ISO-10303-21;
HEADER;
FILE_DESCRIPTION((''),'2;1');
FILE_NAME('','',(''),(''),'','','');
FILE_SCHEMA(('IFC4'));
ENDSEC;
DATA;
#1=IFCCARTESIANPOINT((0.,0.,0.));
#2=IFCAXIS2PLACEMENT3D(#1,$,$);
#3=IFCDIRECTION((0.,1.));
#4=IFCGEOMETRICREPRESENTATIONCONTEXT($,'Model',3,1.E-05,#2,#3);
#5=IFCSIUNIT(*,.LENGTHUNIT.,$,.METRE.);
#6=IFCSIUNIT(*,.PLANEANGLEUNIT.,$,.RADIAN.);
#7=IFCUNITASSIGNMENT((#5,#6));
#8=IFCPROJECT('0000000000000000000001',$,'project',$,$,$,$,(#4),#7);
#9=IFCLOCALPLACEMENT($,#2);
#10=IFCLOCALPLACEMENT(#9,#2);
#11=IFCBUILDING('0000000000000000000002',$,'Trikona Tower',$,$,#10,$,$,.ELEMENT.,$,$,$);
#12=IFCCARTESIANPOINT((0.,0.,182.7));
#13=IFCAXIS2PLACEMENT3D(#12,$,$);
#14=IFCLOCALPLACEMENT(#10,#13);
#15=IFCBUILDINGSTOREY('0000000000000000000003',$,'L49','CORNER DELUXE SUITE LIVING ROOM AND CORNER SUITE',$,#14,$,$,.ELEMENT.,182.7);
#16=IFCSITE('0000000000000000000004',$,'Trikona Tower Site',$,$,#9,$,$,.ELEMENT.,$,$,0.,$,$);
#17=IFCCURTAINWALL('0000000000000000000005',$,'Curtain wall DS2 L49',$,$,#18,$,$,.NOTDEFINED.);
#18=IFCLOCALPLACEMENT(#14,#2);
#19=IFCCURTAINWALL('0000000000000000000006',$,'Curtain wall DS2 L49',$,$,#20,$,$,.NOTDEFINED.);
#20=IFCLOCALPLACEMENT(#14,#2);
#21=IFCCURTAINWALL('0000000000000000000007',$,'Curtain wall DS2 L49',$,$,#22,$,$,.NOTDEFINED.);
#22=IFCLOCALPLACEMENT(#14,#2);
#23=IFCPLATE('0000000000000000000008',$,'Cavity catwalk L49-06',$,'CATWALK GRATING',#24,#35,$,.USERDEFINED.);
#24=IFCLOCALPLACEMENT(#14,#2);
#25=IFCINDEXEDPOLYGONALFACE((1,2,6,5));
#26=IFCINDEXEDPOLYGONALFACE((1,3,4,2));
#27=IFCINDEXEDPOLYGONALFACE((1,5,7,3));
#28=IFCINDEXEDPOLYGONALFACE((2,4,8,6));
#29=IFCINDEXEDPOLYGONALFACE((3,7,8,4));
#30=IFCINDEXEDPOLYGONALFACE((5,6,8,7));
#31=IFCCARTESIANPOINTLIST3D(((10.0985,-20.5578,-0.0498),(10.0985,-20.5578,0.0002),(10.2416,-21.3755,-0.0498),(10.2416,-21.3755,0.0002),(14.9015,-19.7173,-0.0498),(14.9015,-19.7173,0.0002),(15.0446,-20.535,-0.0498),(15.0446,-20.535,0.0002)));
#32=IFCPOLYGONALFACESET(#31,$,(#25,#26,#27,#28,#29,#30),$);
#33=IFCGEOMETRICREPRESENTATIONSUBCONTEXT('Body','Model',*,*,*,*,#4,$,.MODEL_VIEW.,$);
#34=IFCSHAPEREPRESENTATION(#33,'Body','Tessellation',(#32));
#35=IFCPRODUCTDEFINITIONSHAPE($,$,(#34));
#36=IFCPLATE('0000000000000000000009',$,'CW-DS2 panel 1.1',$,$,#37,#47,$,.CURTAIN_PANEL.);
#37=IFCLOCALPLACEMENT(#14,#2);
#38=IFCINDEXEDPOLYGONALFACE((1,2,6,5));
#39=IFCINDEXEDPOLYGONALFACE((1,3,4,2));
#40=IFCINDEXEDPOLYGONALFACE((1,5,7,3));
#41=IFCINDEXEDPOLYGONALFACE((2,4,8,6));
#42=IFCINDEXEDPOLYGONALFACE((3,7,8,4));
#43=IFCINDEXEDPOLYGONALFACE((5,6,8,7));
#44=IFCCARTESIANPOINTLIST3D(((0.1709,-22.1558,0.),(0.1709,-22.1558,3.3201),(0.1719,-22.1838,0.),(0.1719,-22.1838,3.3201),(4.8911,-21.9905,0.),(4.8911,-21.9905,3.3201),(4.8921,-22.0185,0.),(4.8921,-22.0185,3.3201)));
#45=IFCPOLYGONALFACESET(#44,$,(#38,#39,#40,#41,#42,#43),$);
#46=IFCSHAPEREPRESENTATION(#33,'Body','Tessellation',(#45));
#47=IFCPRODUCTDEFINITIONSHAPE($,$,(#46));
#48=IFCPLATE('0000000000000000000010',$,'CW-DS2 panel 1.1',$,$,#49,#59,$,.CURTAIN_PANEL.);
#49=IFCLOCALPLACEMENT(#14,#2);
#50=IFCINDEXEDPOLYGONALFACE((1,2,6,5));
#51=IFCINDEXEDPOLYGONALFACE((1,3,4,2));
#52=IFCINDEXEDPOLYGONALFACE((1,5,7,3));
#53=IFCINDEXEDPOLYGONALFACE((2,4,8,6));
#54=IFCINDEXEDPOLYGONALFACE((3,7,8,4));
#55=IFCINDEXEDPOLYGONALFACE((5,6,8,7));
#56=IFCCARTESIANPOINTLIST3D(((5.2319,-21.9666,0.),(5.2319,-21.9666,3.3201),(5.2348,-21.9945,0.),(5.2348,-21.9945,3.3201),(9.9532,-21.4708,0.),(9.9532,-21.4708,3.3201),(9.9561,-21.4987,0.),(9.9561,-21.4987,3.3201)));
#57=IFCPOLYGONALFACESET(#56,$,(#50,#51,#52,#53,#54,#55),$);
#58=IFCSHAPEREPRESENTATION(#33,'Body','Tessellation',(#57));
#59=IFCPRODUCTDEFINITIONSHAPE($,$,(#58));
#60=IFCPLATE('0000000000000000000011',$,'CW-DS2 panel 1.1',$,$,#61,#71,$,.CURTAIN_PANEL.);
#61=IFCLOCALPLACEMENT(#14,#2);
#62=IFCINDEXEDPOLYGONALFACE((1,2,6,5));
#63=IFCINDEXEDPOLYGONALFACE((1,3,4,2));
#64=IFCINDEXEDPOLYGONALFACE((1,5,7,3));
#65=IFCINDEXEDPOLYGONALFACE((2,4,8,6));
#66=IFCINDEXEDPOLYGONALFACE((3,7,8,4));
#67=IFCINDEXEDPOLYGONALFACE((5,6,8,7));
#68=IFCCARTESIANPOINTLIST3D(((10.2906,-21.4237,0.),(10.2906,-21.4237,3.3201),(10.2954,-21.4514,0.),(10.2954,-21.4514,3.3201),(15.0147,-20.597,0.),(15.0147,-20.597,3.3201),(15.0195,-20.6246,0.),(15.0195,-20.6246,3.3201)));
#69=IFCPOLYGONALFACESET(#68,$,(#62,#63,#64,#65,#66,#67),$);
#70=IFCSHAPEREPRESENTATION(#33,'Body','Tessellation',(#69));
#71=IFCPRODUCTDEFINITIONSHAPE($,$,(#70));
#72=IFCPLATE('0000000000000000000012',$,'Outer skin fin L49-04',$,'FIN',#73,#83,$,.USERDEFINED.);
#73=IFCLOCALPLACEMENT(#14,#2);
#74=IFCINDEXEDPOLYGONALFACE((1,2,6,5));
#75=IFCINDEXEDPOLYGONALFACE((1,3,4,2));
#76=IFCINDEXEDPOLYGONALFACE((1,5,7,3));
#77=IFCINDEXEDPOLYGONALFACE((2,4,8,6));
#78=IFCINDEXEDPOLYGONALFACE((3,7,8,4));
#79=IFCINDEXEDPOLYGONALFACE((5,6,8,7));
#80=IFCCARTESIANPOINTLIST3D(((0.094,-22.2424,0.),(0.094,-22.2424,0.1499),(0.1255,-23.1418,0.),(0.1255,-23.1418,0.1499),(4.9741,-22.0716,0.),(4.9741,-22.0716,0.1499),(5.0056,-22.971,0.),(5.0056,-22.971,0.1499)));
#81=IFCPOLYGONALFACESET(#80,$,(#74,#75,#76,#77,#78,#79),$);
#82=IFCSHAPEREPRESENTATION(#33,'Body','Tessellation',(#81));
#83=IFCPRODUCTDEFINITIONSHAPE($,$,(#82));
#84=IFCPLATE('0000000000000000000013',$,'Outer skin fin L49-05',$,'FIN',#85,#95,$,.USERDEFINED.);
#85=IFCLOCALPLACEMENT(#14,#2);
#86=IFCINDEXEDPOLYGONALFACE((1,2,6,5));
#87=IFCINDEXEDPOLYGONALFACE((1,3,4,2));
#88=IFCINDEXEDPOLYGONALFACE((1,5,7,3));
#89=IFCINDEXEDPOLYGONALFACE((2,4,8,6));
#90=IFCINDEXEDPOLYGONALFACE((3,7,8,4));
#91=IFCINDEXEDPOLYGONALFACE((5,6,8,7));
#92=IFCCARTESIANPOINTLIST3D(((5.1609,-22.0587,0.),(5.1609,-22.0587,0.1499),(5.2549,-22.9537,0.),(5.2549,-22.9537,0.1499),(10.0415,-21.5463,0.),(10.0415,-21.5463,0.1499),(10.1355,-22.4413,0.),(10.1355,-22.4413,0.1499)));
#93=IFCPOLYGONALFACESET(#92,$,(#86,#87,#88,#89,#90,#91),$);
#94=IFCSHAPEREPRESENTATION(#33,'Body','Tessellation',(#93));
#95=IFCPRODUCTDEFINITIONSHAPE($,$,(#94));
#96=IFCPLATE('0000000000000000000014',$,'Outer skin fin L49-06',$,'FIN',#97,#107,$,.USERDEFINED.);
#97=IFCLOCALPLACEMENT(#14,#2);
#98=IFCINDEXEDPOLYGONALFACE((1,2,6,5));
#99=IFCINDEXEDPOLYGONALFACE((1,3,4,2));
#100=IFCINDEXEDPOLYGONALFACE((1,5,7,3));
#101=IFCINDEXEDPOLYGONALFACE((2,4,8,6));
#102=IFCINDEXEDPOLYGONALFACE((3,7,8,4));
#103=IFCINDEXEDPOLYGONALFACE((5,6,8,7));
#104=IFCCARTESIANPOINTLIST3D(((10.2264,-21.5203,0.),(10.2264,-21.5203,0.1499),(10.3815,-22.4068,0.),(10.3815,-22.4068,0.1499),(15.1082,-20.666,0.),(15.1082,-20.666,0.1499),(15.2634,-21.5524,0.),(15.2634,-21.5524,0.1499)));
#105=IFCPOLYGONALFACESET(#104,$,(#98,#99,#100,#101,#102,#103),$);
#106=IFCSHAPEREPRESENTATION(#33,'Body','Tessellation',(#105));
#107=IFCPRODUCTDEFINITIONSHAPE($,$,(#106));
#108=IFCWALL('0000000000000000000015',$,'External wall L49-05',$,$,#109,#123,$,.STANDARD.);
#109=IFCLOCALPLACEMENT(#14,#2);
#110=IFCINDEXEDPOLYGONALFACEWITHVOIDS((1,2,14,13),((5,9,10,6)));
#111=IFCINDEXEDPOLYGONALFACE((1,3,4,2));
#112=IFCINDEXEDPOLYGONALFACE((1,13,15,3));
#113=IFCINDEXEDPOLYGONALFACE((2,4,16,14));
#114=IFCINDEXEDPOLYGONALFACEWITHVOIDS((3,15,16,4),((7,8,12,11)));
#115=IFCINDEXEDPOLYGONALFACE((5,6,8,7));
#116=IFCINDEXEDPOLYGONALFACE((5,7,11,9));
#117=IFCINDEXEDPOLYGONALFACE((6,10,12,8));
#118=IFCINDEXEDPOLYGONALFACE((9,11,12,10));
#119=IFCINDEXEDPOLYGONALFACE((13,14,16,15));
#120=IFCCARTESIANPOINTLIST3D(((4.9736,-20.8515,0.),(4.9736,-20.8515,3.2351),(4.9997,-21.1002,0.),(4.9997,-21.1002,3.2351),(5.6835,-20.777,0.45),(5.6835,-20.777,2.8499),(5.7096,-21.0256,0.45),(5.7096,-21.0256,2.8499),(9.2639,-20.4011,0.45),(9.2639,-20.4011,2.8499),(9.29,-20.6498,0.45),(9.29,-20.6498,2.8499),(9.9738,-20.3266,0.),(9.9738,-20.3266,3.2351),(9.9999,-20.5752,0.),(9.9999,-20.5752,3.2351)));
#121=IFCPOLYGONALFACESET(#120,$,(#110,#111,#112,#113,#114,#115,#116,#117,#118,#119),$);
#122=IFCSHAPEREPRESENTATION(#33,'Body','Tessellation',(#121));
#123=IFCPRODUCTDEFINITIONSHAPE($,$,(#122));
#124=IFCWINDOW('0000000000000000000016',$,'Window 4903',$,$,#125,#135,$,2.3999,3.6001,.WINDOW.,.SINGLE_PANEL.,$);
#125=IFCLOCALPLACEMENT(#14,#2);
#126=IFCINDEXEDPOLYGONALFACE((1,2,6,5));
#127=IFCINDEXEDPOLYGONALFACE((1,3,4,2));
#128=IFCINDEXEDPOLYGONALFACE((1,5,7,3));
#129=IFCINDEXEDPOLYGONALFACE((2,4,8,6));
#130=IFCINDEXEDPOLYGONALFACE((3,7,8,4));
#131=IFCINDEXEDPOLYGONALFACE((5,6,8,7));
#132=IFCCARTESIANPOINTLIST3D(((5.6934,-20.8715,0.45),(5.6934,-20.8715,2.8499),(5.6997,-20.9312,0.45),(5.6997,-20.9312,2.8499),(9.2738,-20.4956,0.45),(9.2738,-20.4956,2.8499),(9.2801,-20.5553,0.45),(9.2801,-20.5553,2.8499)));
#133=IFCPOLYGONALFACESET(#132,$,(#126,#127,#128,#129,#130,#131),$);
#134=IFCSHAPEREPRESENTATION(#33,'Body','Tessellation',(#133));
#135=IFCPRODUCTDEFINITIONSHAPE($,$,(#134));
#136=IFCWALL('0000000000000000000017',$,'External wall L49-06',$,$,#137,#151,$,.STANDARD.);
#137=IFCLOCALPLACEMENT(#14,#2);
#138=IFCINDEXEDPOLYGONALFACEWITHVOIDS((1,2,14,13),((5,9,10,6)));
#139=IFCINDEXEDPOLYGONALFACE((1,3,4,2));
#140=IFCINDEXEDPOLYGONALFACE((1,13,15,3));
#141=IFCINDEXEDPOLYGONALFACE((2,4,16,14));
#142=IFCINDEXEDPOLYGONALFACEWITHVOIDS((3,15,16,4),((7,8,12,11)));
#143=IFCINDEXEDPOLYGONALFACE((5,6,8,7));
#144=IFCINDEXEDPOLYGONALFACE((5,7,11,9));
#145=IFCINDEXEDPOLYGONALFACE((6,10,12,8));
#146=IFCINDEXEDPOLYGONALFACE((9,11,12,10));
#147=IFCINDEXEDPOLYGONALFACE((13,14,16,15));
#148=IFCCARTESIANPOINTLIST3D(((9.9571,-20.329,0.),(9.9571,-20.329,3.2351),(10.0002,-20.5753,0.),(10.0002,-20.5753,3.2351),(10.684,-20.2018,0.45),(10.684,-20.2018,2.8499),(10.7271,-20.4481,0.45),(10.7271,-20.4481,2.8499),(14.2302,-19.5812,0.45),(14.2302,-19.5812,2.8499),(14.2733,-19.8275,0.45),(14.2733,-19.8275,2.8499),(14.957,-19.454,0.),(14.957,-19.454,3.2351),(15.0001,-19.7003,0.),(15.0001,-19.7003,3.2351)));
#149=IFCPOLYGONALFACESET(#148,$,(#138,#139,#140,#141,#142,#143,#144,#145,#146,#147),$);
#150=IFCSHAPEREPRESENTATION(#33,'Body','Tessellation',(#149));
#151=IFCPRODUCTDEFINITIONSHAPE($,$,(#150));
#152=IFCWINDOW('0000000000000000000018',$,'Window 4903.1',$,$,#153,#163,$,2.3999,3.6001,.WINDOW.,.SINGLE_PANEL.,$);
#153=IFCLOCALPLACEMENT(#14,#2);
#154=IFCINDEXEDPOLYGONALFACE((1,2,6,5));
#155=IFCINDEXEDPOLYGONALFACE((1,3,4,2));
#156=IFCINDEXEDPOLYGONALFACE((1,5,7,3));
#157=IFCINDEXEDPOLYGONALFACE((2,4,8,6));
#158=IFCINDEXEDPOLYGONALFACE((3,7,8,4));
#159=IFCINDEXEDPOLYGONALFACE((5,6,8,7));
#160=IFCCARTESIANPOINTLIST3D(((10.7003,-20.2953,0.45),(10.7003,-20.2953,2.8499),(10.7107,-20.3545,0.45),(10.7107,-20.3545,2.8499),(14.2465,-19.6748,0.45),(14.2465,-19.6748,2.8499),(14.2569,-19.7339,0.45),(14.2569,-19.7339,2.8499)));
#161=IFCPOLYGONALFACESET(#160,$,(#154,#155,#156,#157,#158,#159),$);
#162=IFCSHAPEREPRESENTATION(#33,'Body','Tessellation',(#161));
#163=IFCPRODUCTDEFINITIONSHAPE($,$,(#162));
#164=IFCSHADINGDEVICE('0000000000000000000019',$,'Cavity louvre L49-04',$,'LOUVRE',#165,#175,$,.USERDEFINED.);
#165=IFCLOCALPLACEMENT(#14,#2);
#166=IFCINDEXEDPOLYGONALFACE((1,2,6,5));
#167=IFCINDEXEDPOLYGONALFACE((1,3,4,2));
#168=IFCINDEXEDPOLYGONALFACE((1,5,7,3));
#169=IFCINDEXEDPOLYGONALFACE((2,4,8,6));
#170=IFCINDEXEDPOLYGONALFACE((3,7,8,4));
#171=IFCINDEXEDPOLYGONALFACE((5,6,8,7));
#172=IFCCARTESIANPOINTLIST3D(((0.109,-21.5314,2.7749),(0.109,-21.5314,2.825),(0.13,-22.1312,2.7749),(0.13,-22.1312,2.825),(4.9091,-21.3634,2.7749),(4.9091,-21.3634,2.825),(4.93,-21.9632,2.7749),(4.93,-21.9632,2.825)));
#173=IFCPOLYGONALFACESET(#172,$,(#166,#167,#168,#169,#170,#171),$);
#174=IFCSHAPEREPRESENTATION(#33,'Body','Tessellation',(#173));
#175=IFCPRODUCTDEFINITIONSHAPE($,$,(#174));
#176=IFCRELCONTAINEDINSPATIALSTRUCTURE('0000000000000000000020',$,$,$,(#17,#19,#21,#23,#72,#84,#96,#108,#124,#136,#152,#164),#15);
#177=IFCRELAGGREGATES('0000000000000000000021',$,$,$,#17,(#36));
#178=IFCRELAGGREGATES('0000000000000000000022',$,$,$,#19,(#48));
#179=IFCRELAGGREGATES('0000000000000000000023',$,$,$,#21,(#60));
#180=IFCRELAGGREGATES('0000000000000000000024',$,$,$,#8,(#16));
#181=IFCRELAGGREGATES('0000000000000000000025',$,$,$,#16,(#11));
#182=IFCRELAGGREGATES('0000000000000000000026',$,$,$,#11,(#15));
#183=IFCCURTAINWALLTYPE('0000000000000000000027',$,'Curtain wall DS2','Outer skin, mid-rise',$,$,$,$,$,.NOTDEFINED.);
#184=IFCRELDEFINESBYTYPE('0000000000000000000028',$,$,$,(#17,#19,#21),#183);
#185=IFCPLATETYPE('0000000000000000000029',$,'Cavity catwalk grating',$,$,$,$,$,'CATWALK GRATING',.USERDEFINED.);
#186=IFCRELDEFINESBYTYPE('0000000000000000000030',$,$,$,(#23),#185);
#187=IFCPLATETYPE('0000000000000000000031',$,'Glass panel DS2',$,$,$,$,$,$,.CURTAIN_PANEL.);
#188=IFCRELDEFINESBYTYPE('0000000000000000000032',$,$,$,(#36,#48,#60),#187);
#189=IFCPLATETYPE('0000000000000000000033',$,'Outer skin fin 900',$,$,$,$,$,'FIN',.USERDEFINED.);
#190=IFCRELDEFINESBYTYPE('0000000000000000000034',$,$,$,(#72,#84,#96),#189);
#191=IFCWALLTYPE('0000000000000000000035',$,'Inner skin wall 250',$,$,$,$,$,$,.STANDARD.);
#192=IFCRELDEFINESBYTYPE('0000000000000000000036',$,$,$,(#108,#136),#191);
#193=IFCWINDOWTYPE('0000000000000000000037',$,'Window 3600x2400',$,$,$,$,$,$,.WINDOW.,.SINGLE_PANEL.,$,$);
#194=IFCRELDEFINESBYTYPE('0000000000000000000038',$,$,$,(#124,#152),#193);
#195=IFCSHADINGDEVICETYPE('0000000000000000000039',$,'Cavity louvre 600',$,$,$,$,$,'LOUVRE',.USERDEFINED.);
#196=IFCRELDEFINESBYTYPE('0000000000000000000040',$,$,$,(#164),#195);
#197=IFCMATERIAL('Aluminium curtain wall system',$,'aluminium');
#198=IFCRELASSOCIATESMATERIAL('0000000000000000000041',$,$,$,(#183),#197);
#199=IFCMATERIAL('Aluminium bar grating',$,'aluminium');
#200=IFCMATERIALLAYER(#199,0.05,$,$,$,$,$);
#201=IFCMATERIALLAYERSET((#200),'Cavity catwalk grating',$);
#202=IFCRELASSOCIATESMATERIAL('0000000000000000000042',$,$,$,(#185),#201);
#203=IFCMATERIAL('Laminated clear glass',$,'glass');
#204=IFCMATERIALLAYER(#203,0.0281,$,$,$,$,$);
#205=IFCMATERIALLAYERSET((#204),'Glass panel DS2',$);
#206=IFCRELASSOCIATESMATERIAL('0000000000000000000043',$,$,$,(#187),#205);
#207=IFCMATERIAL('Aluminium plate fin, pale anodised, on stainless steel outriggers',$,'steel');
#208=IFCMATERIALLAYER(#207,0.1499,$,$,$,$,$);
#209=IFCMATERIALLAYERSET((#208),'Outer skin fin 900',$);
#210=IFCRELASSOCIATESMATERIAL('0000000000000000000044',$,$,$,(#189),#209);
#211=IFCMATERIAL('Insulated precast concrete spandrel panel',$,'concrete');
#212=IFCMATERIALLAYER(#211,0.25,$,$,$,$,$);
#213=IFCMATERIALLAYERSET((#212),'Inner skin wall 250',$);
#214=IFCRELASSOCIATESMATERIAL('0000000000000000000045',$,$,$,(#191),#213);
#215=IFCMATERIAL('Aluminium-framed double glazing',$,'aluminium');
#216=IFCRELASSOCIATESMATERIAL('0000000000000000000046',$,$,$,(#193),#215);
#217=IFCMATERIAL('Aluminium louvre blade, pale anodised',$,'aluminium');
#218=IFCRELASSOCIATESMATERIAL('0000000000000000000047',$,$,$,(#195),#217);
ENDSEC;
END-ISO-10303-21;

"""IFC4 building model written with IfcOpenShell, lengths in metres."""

from ifc_helpers import new_model, si_unit, direction, frame, frame_2d, origin, origin_2d, place, context, subcontext, project, spatial, rectangle, extrude, material, layer, layer_set, type_object, element, fill, aggregate, save


model = new_model("IFC4")

# Units and contexts
model_context = context("Model", 3, precision=1e-05, world=origin(), true_north=direction((0.0, 1.0)))
body_context = subcontext(model_context, "Body", "Model", "MODEL_VIEW")
ifc_project = project(units=[si_unit("LENGTHUNIT", "METRE"), si_unit("PLANEANGLEUNIT", "RADIAN")], contexts=[model_context])

# Site, building, storey
site_placement = place(None, origin())
site = spatial("IfcSite", under=ifc_project, at=site_placement, Name="Trikona Tower Site", CompositionType="ELEMENT", RefElevation=0.0)
building_placement = place(site_placement, origin())
building = spatial("IfcBuilding", under=site, at=building_placement, Name="Trikona Tower", CompositionType="ELEMENT")
storey_placement = place(building_placement, frame((0.0, 0.0, 182.7)))
storey = spatial("IfcBuildingStorey", under=building, at=storey_placement, Name="L49", Description="CORNER DELUXE SUITE LIVING ROOM AND CORNER SUITE", CompositionType="ELEMENT", Elevation=182.7)

# Curtain walls
ifc_material_1 = material(Name="Aluminium curtain wall system", Category="aluminium")
curtain_wall_type = type_object("IfcCurtainWallType", Name="Curtain wall DS2", Description="Outer skin, mid-rise", PredefinedType="NOTDEFINED", material=ifc_material_1)
curtain_wall_1_placement = place(storey_placement, origin())
curtain_wall_1 = element("IfcCurtainWall", 1, at=curtain_wall_1_placement, inside=storey, type_object=curtain_wall_type, Name="Curtain wall DS2 L49", PredefinedType="NOTDEFINED")
curtain_wall_2_placement = place(storey_placement, origin())
curtain_wall_2 = element("IfcCurtainWall", 2, at=curtain_wall_2_placement, inside=storey, type_object=curtain_wall_type, Name="Curtain wall DS2 L49", PredefinedType="NOTDEFINED")

# Curtain wall
curtain_wall_3_placement = place(storey_placement, origin())
curtain_wall_3 = element("IfcCurtainWall", 3, at=curtain_wall_3_placement, inside=storey, type_object=curtain_wall_type, Name="Curtain wall DS2 L49", PredefinedType="NOTDEFINED")

# Plate
ifc_material_2 = material(Name="Aluminium bar grating", Category="aluminium")
ifc_layer_1 = layer(ifc_material_2, 0.05)
ifc_layer_set_1 = layer_set([ifc_layer_1], Name="Cavity catwalk grating")
plate_type_1 = type_object("IfcPlateType", Name="Cavity catwalk grating", ElementType="CATWALK GRATING", PredefinedType="USERDEFINED", material=ifc_layer_set_1)
plate_1_placement = place(storey_placement, frame((12.5715, -20.5464, -0.0498), z_axis=(0.0, 0.0, 1.0), x_axis=(0.985031, 0.17238, 0.0)))
element("IfcPlate", 4, at=plate_1_placement, inside=storey, type_object=plate_type_1, Name="Cavity catwalk L49-06", ObjectType="CATWALK GRATING", PredefinedType="USERDEFINED", context=body_context, shape_type="SweptSolid", body=[
    extrude(rectangle(XDim=4.876, YDim=0.8301, at=origin_2d()), origin(), (0.0, 0.0, 1.0), 0.05),
])

# Plates
ifc_material_3 = material(Name="Laminated clear glass", Category="glass")
ifc_layer_2 = layer(ifc_material_3, 0.0281)
ifc_layer_set_2 = layer_set([ifc_layer_2], Name="Glass panel DS2")
plate_type_2 = type_object("IfcPlateType", Name="Glass panel DS2", PredefinedType="CURTAIN_PANEL", material=ifc_layer_set_2)
plate_2_placement = place(storey_placement, frame((2.5315, -22.0872, 0.0), z_axis=(0.0, 0.0, 1.0), x_axis=(0.999387, 0.034998, 0.0)))
plate_2 = element("IfcPlate", 5, at=plate_2_placement, type_object=plate_type_2, Name="CW-DS2 panel 1.1", PredefinedType="CURTAIN_PANEL", context=body_context, shape_type="SweptSolid", body=[
    extrude(rectangle(XDim=4.7231, YDim=0.0281, at=origin_2d()), origin(), (0.0, 0.0, 1.0), 3.3201),
])
aggregate(curtain_wall_1, [plate_2])
plate_3_placement = place(storey_placement, frame((7.594, -21.7327, 0.0), z_axis=(0.0, 0.0, 1.0), x_axis=(0.994532, 0.104433, 0.0)))
plate_3 = element("IfcPlate", 6, at=plate_3_placement, type_object=plate_type_2, Name="CW-DS2 panel 1.1", PredefinedType="CURTAIN_PANEL", context=body_context, shape_type="SweptSolid", body=[
    extrude(rectangle(XDim=4.7473, YDim=0.0281, at=origin_2d()), origin(), (0.0, 0.0, 1.0), 3.3201),
])
aggregate(curtain_wall_2, [plate_3])
plate_4_placement = place(storey_placement, frame((12.655, -21.0242, 0.0), z_axis=(0.0, 0.0, 1.0), x_axis=(0.985031, 0.172377, 0.0)))
plate_4 = element("IfcPlate", 7, at=plate_4_placement, type_object=plate_type_2, Name="CW-DS2 panel 1.1", PredefinedType="CURTAIN_PANEL", context=body_context, shape_type="SweptSolid", body=[
    extrude(rectangle(XDim=4.7959, YDim=0.0281, at=origin_2d()), origin(), (0.0, 0.0, 1.0), 3.3201),
])
aggregate(curtain_wall_3, [plate_4])

# Plates
ifc_material_4 = material(Name="Aluminium plate fin, pale anodised, on stainless steel outriggers", Category="steel")
ifc_layer_3 = layer(ifc_material_4, 0.1499)
ifc_layer_set_3 = layer_set([ifc_layer_3], Name="Outer skin fin 900")
plate_type_3 = type_object("IfcPlateType", Name="Outer skin fin 900", ElementType="FIN", PredefinedType="USERDEFINED", material=ifc_layer_set_3)
plate_5_placement = place(storey_placement, frame((2.5498, -22.6067, 0.0), z_axis=(0.0, 0.0, 1.0), x_axis=(0.999388, 0.034978, 0.0)))
element("IfcPlate", 8, at=plate_5_placement, inside=storey, type_object=plate_type_3, Name="Outer skin fin L49-04", ObjectType="FIN", PredefinedType="USERDEFINED", context=body_context, shape_type="SweptSolid", body=[
    extrude(rectangle(XDim=4.8831, YDim=0.8999, at=origin_2d()), origin(), (0.0, 0.0, 1.0), 0.1499),
])
plate_6_placement = place(storey_placement, frame((7.6482, -22.25, 0.0), z_axis=(0.0, 0.0, 1.0), x_axis=(0.994533, 0.104426, 0.0)))
element("IfcPlate", 9, at=plate_6_placement, inside=storey, type_object=plate_type_3, Name="Outer skin fin L49-05", ObjectType="FIN", PredefinedType="USERDEFINED", context=body_context, shape_type="SweptSolid", body=[
    extrude(rectangle(XDim=4.9075, YDim=0.8999, at=origin_2d()), origin(), (0.0, 0.0, 1.0), 0.1499),
])
plate_7_placement = place(storey_placement, frame((12.7449, -21.5364, 0.0), z_axis=(0.0, 0.0, 1.0), x_axis=(0.985031, 0.17238, 0.0)))
element("IfcPlate", 10, at=plate_7_placement, inside=storey, type_object=plate_type_3, Name="Outer skin fin L49-06", ObjectType="FIN", PredefinedType="USERDEFINED", context=body_context, shape_type="SweptSolid", body=[
    extrude(rectangle(XDim=4.9561, YDim=0.8999, at=origin_2d()), origin(), (0.0, 0.0, 1.0), 0.1499),
])

# Walls, openings, windows
ifc_material_5 = material(Name="Insulated precast concrete spandrel panel", Category="concrete")
ifc_layer_4 = layer(ifc_material_5, 0.25)
ifc_layer_set_4 = layer_set([ifc_layer_4], Name="Inner skin wall 250")
wall_type = type_object("IfcWallType", Name="Inner skin wall 250", PredefinedType="STANDARD", material=ifc_layer_set_4)
wall_1_placement = place(storey_placement, frame((4.9868, -20.9758, 0.0), z_axis=(0.0, 0.0, 1.0), x_axis=(0.994535, 0.104407, 0.0)))
wall_1 = element("IfcWall", 11, at=wall_1_placement, inside=storey, type_object=wall_type, Name="External wall L49-05", PredefinedType="STANDARD", context=body_context, shape_type="SweptSolid", body=[
    extrude(rectangle(XDim=5.0276, YDim=0.25, at=frame_2d((2.5137, 0.0))), origin(), (0.0, 0.0, 1.0), 3.2351),
])
opening_1_placement = place(wall_1_placement, frame((0.7136, 0.0, 0.45)))
opening_1 = element("IfcOpeningElement", 12, at=opening_1_placement, cuts=wall_1, PredefinedType="OPENING", context=body_context, shape_type="SweptSolid", body=[
    extrude(rectangle(XDim=3.6001, YDim=2.3999, at=frame_2d((1.8, 1.2))), frame((0.0, 0.135, 0.0), z_axis=(0.0, -1.0, 0.0), x_axis=(1.0, 0.0, 0.0)), (0.0, 0.0, 1.0), 0.27),
])
ifc_material_6 = material(Name="Aluminium-framed double glazing", Category="aluminium")
window_type = type_object("IfcWindowType", Name="Window 3600x2400", PartitioningType="SINGLE_PANEL", PredefinedType="WINDOW", material=ifc_material_6)
window_1_placement = place(opening_1_placement, origin())
window_1 = element("IfcWindow", 13, at=window_1_placement, inside=storey, type_object=window_type, Name="Window 4903", OverallHeight=2.3999, OverallWidth=3.6001, PartitioningType="SINGLE_PANEL", PredefinedType="WINDOW", context=body_context, shape_type="SweptSolid", body=[
    extrude(rectangle(XDim=3.6001, YDim=2.3999, at=frame_2d((1.8, 1.2))), frame((0.0, 0.03, 0.0), z_axis=(0.0, -1.0, 0.0), x_axis=(1.0, 0.0, 0.0)), (0.0, 0.0, 1.0), 0.0601),
])
fill(opening_1, window_1)
wall_2_placement = place(storey_placement, frame((9.9785, -20.4521, 0.0), z_axis=(0.0, 0.0, 1.0), x_axis=(0.98503, 0.17238, 0.0)))
wall_2 = element("IfcWall", 14, at=wall_2_placement, inside=storey, type_object=wall_type, Name="External wall L49-06", PredefinedType="STANDARD", context=body_context, shape_type="SweptSolid", body=[
    extrude(rectangle(XDim=5.0759, YDim=0.25, at=frame_2d((2.5381, 0.0))), origin(), (0.0, 0.0, 1.0), 3.2351),
])
opening_2_placement = place(wall_2_placement, frame((0.738, 0.0, 0.45)))
opening_2 = element("IfcOpeningElement", 15, at=opening_2_placement, cuts=wall_2, PredefinedType="OPENING", context=body_context, shape_type="SweptSolid", body=[
    extrude(rectangle(XDim=3.6001, YDim=2.3999, at=frame_2d((1.8, 1.2))), frame((0.0, 0.135, 0.0), z_axis=(0.0, -1.0, 0.0), x_axis=(1.0, 0.0, 0.0)), (0.0, 0.0, 1.0), 0.27),
])
window_2_placement = place(opening_2_placement, origin())
window_2 = element("IfcWindow", 16, at=window_2_placement, inside=storey, type_object=window_type, Name="Window 4903.1", OverallHeight=2.3999, OverallWidth=3.6001, PartitioningType="SINGLE_PANEL", PredefinedType="WINDOW", context=body_context, shape_type="SweptSolid", body=[
    extrude(rectangle(XDim=3.6001, YDim=2.3999, at=frame_2d((1.8, 1.2))), frame((0.0, 0.03, 0.0), z_axis=(0.0, -1.0, 0.0), x_axis=(1.0, 0.0, 0.0)), (0.0, 0.0, 1.0), 0.0601),
])
fill(opening_2, window_2)

# Shading device
ifc_material_7 = material(Name="Aluminium louvre blade, pale anodised", Category="aluminium")
shading_device_type = type_object("IfcShadingDeviceType", Name="Cavity louvre 600", ElementType="LOUVRE", PredefinedType="USERDEFINED", material=ifc_material_7)
shading_device_1_placement = place(storey_placement, frame((2.5195, -21.7473, 2.7749), z_axis=(0.0, 0.0, 1.0), x_axis=(0.999388, 0.034978, 0.0)))
element("IfcShadingDevice", 17, at=shading_device_1_placement, inside=storey, type_object=shading_device_type, Name="Cavity louvre L49-04", ObjectType="LOUVRE", PredefinedType="USERDEFINED", context=body_context, shape_type="SweptSolid", body=[
    extrude(rectangle(XDim=4.803, YDim=0.6001, at=origin_2d()), origin(), (0.0, 0.0, 1.0), 0.05),
])

save(model, "model.ifc")
